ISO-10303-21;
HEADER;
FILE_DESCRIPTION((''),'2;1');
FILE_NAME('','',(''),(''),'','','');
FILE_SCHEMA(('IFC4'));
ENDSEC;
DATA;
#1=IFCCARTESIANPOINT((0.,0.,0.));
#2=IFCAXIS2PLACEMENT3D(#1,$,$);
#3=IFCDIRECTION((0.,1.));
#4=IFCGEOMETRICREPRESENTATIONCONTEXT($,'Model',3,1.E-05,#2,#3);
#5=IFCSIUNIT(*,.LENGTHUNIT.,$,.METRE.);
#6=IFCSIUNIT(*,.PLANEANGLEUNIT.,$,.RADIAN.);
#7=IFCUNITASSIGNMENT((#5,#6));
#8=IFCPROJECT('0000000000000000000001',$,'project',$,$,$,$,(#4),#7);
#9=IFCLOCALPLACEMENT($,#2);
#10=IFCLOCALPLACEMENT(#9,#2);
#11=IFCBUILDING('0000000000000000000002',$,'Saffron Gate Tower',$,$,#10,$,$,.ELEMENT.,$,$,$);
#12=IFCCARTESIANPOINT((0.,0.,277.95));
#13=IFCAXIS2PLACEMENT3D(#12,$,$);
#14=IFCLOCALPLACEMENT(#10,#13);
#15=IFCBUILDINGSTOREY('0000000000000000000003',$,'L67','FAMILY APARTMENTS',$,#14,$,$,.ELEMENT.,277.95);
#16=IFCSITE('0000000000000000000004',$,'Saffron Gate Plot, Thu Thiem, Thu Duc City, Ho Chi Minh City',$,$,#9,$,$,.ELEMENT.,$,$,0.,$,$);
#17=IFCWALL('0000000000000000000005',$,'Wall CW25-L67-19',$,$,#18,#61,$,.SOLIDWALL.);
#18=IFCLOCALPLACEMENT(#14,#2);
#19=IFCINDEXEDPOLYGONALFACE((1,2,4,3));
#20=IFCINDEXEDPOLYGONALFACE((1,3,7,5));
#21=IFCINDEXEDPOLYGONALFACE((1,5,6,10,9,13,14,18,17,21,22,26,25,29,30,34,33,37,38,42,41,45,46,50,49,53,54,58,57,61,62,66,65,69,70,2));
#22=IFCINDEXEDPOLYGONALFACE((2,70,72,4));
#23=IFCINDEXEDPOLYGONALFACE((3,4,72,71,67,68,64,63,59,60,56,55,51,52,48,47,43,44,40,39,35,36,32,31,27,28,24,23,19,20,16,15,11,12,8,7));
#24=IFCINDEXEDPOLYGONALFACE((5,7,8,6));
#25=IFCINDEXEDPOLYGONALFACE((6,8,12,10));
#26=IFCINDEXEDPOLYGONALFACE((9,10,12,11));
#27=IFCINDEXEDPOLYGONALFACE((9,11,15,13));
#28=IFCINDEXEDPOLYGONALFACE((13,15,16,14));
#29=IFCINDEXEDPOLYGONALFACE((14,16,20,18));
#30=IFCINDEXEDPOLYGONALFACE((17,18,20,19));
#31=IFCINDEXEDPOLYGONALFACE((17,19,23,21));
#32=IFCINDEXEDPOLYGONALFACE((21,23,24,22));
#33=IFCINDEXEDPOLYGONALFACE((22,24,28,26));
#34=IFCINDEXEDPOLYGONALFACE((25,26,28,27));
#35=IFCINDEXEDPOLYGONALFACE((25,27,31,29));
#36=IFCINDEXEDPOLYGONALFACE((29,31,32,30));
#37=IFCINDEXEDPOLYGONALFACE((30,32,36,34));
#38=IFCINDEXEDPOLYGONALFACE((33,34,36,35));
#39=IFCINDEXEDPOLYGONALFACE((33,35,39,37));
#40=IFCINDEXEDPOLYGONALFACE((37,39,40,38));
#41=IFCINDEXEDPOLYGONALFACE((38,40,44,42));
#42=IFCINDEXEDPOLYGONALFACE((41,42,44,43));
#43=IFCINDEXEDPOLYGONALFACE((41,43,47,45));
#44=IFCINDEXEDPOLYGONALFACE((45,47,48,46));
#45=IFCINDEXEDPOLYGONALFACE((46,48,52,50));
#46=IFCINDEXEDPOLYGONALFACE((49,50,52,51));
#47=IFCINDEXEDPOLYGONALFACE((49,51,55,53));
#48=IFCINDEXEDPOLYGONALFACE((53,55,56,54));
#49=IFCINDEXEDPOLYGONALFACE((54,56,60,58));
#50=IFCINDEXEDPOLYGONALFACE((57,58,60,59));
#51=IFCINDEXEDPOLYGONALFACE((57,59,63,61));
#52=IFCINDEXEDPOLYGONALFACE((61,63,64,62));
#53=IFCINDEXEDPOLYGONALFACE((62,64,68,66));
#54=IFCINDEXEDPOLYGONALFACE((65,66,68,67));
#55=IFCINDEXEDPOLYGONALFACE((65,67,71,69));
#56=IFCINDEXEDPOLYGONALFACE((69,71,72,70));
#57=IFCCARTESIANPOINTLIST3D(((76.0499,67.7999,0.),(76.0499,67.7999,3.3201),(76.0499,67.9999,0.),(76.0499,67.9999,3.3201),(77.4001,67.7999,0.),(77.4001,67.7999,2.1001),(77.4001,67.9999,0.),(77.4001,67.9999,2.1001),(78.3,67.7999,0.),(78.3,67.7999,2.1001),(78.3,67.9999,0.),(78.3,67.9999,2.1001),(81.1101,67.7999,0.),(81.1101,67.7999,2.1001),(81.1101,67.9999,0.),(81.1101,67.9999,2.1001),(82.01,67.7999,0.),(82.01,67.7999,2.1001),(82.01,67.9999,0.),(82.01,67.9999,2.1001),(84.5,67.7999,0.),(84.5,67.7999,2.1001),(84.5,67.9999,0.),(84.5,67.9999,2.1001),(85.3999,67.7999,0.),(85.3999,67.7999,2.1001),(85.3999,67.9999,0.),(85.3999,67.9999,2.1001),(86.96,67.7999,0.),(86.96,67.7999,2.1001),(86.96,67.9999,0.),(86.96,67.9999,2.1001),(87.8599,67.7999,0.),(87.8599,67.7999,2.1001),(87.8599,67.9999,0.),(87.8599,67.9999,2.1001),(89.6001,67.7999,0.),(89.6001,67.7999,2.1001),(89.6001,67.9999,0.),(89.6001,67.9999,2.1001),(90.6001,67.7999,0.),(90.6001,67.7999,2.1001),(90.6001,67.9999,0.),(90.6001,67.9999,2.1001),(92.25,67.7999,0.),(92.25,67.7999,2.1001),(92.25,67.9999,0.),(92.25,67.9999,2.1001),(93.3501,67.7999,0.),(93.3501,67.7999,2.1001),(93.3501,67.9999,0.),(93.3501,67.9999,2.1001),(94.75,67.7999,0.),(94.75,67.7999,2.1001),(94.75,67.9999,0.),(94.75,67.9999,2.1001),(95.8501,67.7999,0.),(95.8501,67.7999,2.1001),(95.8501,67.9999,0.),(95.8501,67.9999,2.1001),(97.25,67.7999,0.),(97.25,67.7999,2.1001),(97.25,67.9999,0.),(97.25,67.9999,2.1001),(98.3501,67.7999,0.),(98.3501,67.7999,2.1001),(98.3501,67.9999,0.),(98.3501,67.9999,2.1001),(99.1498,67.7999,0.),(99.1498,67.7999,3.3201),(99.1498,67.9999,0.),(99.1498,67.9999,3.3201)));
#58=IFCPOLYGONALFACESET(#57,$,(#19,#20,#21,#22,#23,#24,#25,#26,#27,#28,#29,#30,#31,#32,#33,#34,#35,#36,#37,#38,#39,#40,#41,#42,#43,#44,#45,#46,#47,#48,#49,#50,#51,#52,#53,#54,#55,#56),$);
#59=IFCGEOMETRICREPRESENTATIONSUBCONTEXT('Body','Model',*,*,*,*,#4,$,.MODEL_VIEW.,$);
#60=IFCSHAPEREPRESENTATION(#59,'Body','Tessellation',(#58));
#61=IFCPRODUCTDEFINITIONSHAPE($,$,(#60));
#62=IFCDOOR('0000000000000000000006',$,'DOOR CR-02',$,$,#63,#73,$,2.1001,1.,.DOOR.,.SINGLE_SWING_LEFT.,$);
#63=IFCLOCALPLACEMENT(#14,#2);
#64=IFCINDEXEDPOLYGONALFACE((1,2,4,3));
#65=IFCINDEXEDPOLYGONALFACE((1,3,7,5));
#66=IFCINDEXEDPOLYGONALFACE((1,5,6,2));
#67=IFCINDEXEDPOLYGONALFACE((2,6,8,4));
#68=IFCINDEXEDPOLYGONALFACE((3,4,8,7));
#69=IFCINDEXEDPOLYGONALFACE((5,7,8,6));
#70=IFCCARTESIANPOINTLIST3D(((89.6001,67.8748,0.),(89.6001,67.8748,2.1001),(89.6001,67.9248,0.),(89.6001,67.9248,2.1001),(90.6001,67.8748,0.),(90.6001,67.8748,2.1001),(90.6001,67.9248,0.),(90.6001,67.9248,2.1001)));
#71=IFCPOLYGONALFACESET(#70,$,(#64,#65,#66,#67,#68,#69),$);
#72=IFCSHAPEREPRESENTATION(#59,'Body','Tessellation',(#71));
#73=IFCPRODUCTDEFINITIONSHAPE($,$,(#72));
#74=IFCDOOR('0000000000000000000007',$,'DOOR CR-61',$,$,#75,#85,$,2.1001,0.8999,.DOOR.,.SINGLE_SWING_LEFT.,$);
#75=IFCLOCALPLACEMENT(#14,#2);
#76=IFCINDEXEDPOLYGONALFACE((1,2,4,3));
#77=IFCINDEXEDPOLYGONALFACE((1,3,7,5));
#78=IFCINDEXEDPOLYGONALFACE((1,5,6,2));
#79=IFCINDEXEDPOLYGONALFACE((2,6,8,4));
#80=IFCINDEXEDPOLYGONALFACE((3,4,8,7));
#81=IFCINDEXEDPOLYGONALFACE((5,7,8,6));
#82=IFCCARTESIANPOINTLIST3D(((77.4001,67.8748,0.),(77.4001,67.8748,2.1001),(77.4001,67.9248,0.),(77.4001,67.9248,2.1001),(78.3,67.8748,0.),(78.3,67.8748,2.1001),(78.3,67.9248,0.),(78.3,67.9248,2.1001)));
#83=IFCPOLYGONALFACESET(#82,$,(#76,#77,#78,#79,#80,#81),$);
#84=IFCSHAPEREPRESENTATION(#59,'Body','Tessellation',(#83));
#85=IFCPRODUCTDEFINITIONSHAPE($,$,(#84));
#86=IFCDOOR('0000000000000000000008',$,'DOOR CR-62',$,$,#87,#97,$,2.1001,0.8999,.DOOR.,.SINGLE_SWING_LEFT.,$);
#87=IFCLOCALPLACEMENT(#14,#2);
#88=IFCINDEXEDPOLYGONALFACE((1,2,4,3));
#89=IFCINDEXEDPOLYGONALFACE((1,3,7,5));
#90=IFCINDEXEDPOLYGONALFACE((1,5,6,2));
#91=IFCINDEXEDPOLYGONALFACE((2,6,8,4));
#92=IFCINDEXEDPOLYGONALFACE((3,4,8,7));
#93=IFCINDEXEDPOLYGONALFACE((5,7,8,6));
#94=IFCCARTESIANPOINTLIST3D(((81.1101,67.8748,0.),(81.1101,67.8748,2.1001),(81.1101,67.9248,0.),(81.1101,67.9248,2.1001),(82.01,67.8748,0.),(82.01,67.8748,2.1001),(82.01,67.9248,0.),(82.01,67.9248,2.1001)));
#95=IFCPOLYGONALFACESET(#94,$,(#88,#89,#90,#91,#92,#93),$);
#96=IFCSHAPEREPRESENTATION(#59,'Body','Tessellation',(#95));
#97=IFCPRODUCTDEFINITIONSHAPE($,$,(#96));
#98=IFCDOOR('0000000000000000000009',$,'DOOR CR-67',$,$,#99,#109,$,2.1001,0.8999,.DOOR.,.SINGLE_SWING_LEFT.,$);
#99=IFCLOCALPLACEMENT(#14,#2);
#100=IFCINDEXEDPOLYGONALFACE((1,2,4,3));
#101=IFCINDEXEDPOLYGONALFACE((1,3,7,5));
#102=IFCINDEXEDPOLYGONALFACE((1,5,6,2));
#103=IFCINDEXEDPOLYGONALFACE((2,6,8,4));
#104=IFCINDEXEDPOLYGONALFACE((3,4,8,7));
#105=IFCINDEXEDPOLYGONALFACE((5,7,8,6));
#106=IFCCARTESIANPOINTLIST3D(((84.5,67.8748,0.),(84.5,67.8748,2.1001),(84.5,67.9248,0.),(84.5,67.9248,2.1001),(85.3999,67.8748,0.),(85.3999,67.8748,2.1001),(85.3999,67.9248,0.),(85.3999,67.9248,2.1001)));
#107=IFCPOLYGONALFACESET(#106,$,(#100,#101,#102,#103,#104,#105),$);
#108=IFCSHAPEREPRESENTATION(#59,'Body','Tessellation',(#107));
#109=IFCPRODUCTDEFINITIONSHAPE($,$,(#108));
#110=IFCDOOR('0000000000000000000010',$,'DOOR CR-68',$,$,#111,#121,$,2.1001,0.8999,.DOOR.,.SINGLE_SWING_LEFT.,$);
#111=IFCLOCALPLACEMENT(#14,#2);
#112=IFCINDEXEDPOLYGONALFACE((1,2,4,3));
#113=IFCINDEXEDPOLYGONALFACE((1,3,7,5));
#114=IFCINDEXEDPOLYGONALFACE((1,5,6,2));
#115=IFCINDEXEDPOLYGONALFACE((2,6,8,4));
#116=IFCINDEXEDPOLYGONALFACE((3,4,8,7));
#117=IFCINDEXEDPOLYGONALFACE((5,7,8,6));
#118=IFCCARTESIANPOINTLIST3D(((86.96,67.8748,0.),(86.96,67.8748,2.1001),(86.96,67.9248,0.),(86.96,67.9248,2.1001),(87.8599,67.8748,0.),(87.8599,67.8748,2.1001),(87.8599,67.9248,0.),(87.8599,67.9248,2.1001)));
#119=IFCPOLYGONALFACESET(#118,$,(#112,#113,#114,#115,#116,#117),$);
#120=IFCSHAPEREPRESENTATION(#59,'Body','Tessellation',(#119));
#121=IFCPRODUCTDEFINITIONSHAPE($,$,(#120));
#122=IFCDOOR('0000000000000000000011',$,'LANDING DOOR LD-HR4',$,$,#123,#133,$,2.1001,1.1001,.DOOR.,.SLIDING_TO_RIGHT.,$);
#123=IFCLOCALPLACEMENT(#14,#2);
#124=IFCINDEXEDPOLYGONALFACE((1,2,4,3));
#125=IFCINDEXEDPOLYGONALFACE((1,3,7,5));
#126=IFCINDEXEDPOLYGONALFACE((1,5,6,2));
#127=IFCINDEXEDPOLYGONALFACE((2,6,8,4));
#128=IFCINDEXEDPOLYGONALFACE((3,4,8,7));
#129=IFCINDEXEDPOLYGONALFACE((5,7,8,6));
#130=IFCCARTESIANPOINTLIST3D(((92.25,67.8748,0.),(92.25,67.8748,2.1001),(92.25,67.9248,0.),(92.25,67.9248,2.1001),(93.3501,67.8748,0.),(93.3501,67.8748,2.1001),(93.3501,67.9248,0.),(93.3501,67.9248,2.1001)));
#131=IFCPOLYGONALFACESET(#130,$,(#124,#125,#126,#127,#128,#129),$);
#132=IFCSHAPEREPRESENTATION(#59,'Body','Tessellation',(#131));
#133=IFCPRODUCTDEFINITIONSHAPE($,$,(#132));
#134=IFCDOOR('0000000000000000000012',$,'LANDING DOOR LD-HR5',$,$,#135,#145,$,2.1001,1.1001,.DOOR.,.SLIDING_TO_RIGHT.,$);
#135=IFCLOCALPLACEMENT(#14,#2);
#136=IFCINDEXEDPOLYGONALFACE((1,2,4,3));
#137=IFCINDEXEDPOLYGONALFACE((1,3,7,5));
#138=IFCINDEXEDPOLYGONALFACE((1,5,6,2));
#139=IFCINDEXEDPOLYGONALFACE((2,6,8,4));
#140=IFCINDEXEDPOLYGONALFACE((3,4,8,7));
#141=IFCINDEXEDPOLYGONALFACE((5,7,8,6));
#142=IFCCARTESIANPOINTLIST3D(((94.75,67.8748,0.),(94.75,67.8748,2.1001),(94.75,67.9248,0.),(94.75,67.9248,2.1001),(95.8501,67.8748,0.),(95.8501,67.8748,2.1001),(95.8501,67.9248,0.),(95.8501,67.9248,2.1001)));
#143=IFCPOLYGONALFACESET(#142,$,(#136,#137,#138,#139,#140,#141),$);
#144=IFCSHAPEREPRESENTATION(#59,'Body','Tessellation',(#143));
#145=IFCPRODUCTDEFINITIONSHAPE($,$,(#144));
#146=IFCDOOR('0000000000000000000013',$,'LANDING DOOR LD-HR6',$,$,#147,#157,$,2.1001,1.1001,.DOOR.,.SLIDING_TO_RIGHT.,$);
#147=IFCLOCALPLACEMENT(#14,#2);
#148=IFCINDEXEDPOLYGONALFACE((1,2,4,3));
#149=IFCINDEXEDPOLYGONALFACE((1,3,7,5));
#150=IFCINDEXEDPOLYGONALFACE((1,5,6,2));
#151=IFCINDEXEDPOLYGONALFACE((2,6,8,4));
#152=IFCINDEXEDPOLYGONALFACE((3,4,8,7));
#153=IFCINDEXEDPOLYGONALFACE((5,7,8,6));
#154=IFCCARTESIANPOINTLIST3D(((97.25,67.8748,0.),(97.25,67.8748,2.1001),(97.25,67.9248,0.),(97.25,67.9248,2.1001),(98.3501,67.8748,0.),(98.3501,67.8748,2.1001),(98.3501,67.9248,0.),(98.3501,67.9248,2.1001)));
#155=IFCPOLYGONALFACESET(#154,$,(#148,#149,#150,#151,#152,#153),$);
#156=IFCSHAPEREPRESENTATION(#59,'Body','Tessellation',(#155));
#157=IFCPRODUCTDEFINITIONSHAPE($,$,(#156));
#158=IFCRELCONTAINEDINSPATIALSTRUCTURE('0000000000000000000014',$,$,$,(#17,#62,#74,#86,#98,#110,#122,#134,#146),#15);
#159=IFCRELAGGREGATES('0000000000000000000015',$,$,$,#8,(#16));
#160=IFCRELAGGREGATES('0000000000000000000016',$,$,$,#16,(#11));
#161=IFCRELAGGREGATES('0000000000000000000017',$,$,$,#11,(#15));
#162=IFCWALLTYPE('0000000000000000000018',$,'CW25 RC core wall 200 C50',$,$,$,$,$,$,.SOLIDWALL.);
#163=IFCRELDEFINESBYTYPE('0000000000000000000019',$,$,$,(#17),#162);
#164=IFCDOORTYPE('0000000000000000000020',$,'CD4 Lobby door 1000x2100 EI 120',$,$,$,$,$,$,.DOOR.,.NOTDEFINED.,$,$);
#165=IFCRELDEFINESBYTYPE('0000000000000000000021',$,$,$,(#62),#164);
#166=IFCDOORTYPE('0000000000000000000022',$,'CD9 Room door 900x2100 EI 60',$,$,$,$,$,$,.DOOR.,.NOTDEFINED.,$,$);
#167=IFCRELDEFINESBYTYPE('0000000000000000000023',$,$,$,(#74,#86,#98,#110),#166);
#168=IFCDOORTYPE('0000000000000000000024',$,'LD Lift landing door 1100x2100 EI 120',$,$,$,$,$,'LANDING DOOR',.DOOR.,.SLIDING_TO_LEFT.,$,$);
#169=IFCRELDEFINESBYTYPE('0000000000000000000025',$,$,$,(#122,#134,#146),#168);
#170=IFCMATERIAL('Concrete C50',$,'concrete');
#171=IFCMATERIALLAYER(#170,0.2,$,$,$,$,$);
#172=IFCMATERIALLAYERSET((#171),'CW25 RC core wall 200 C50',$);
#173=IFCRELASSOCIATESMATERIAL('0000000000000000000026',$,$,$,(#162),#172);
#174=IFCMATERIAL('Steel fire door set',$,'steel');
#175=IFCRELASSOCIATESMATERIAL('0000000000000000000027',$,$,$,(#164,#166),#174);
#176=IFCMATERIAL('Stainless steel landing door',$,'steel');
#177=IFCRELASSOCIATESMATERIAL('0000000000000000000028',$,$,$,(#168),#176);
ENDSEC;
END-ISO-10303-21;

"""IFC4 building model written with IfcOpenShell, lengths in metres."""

from ifc_helpers import new_model, si_unit, direction, frame, frame_2d, origin, place, context, subcontext, project, spatial, rectangle, extrude, material, layer, layer_set, type_object, element, fill, save


model = new_model("IFC4")

# Units and contexts
model_context = context("Model", 3, precision=1e-05, world=origin(), true_north=direction((0.0, 1.0)))
body_context = subcontext(model_context, "Body", "Model", "MODEL_VIEW")
ifc_project = project(units=[si_unit("LENGTHUNIT", "METRE"), si_unit("PLANEANGLEUNIT", "RADIAN")], contexts=[model_context])

# Site, building, storey
site_placement = place(None, origin())
site = spatial("IfcSite", under=ifc_project, at=site_placement, Name="Saffron Gate Plot, Thu Thiem, Thu Duc City, Ho Chi Minh City", CompositionType="ELEMENT", RefElevation=0.0)
building_placement = place(site_placement, origin())
building = spatial("IfcBuilding", under=site, at=building_placement, Name="Saffron Gate Tower", CompositionType="ELEMENT")
storey_placement = place(building_placement, frame((0.0, 0.0, 277.95)))
storey = spatial("IfcBuildingStorey", under=building, at=storey_placement, Name="L67", Description="FAMILY APARTMENTS", CompositionType="ELEMENT", Elevation=277.95)

# Shared definitions
ifc_material_1 = material(Name="Concrete C50", Category="concrete")

# Wall, openings, doors
ifc_layer_1 = layer(ifc_material_1, 0.2)
ifc_layer_set_1 = layer_set([ifc_layer_1], Name="CW25 RC core wall 200 C50")
wall_type_1 = type_object("IfcWallType", Name="CW25 RC core wall 200 C50", PredefinedType="SOLIDWALL", material=ifc_layer_set_1)
wall_1_placement = place(storey_placement, frame((76.05, 67.8999, 0.0), z_axis=(0.0, 0.0, 1.0), x_axis=(1.0, 0.0, 0.0)))
wall_1 = element("IfcWall", 1, at=wall_1_placement, inside=storey, type_object=wall_type_1, Name="Wall CW25-L67-19", PredefinedType="SOLIDWALL", context=body_context, shape_type="SweptSolid", body=[
    extrude(rectangle(XDim=23.0999, YDim=0.2, at=frame_2d((11.5498, 0.0))), origin(), (0.0, 0.0, 1.0), 3.3201),
])
opening_1_placement = place(wall_1_placement, frame((1.3501, 0.0, 0.0)))
opening_1 = element("IfcOpeningElement", 2, at=opening_1_placement, cuts=wall_1, PredefinedType="OPENING", context=body_context, shape_type="SweptSolid", body=[
    extrude(rectangle(XDim=0.8999, YDim=2.1001, at=frame_2d((0.45, 1.05))), frame((0.0, 0.1099, 0.0), z_axis=(0.0, -1.0, 0.0), x_axis=(1.0, 0.0, 0.0)), (0.0, 0.0, 1.0), 0.22),
])
opening_2_placement = place(wall_1_placement, frame((5.0601, 0.0, 0.0)))
opening_2 = element("IfcOpeningElement", 3, at=opening_2_placement, cuts=wall_1, PredefinedType="OPENING", context=body_context, shape_type="SweptSolid", body=[
    extrude(rectangle(XDim=0.8999, YDim=2.1001, at=frame_2d((0.45, 1.05))), frame((0.0, 0.1099, 0.0), z_axis=(0.0, -1.0, 0.0), x_axis=(1.0, 0.0, 0.0)), (0.0, 0.0, 1.0), 0.22),
])
opening_3_placement = place(wall_1_placement, frame((8.45, 0.0, 0.0)))
opening_3 = element("IfcOpeningElement", 4, at=opening_3_placement, cuts=wall_1, PredefinedType="OPENING", context=body_context, shape_type="SweptSolid", body=[
    extrude(rectangle(XDim=0.8999, YDim=2.1001, at=frame_2d((0.45, 1.05))), frame((0.0, 0.1099, 0.0), z_axis=(0.0, -1.0, 0.0), x_axis=(1.0, 0.0, 0.0)), (0.0, 0.0, 1.0), 0.22),
])
opening_4_placement = place(wall_1_placement, frame((10.9099, 0.0, 0.0)))
opening_4 = element("IfcOpeningElement", 5, at=opening_4_placement, cuts=wall_1, PredefinedType="OPENING", context=body_context, shape_type="SweptSolid", body=[
    extrude(rectangle(XDim=0.8999, YDim=2.1001, at=frame_2d((0.45, 1.05))), frame((0.0, 0.1099, 0.0), z_axis=(0.0, -1.0, 0.0), x_axis=(1.0, 0.0, 0.0)), (0.0, 0.0, 1.0), 0.22),
])
opening_5_placement = place(wall_1_placement, frame((13.55, 0.0, 0.0)))
opening_5 = element("IfcOpeningElement", 6, at=opening_5_placement, cuts=wall_1, PredefinedType="OPENING", context=body_context, shape_type="SweptSolid", body=[
    extrude(rectangle(XDim=1.0, YDim=2.1001, at=frame_2d((0.5, 1.05))), frame((0.0, 0.1099, 0.0), z_axis=(0.0, -1.0, 0.0), x_axis=(1.0, 0.0, 0.0)), (0.0, 0.0, 1.0), 0.22),
])
opening_6_placement = place(wall_1_placement, frame((16.2, 0.0, 0.0)))
opening_6 = element("IfcOpeningElement", 7, at=opening_6_placement, cuts=wall_1, PredefinedType="OPENING", context=body_context, shape_type="SweptSolid", body=[
    extrude(rectangle(XDim=1.1001, YDim=2.1001, at=frame_2d((0.55, 1.05))), frame((0.0, 0.1099, 0.0), z_axis=(0.0, -1.0, 0.0), x_axis=(1.0, 0.0, 0.0)), (0.0, 0.0, 1.0), 0.22),
])
opening_7_placement = place(wall_1_placement, frame((18.7, 0.0, 0.0)))
opening_7 = element("IfcOpeningElement", 8, at=opening_7_placement, cuts=wall_1, PredefinedType="OPENING", context=body_context, shape_type="SweptSolid", body=[
    extrude(rectangle(XDim=1.1001, YDim=2.1001, at=frame_2d((0.55, 1.05))), frame((0.0, 0.1099, 0.0), z_axis=(0.0, -1.0, 0.0), x_axis=(1.0, 0.0, 0.0)), (0.0, 0.0, 1.0), 0.22),
])
opening_8_placement = place(wall_1_placement, frame((21.2, 0.0, 0.0)))
opening_8 = element("IfcOpeningElement", 9, at=opening_8_placement, cuts=wall_1, PredefinedType="OPENING", context=body_context, shape_type="SweptSolid", body=[
    extrude(rectangle(XDim=1.1001, YDim=2.1001, at=frame_2d((0.55, 1.05))), frame((0.0, 0.1099, 0.0), z_axis=(0.0, -1.0, 0.0), x_axis=(1.0, 0.0, 0.0)), (0.0, 0.0, 1.0), 0.22),
])
ifc_material_2 = material(Name="Steel fire door set", Category="steel")
door_type_1 = type_object("IfcDoorType", Name="CD4 Lobby door 1000x2100 EI 120", OperationType="NOTDEFINED", PredefinedType="DOOR", material=ifc_material_2)
door_1_placement = place(opening_5_placement, origin())
door_1 = element("IfcDoor", 10, at=door_1_placement, inside=storey, type_object=door_type_1, Name="DOOR CR-02", OperationType="SINGLE_SWING_LEFT", OverallHeight=2.1001, OverallWidth=1.0, PredefinedType="DOOR", context=body_context, shape_type="SweptSolid", body=[
    extrude(rectangle(XDim=1.0, YDim=2.1001, at=frame_2d((0.5, 1.05))), frame((0.0, 0.0249, 0.0), z_axis=(0.0, -1.0, 0.0), x_axis=(1.0, 0.0, 0.0)), (0.0, 0.0, 1.0), 0.05),
])
fill(opening_5, door_1)
door_type_2 = type_object("IfcDoorType", Name="CD9 Room door 900x2100 EI 60", OperationType="NOTDEFINED", PredefinedType="DOOR", material=ifc_material_2)
door_2_placement = place(opening_1_placement, origin())
door_2 = element("IfcDoor", 11, at=door_2_placement, inside=storey, type_object=door_type_2, Name="DOOR CR-61", OperationType="SINGLE_SWING_LEFT", OverallHeight=2.1001, OverallWidth=0.8999, PredefinedType="DOOR", context=body_context, shape_type="SweptSolid", body=[
    extrude(rectangle(XDim=0.8999, YDim=2.1001, at=frame_2d((0.45, 1.05))), frame((0.0, 0.0249, 0.0), z_axis=(0.0, -1.0, 0.0), x_axis=(1.0, 0.0, 0.0)), (0.0, 0.0, 1.0), 0.05),
])
fill(opening_1, door_2)
door_3_placement = place(opening_2_placement, origin())
door_3 = element("IfcDoor", 12, at=door_3_placement, inside=storey, type_object=door_type_2, Name="DOOR CR-62", OperationType="SINGLE_SWING_LEFT", OverallHeight=2.1001, OverallWidth=0.8999, PredefinedType="DOOR", context=body_context, shape_type="SweptSolid", body=[
    extrude(rectangle(XDim=0.8999, YDim=2.1001, at=frame_2d((0.45, 1.05))), frame((0.0, 0.0249, 0.0), z_axis=(0.0, -1.0, 0.0), x_axis=(1.0, 0.0, 0.0)), (0.0, 0.0, 1.0), 0.05),
])
fill(opening_2, door_3)
door_4_placement = place(opening_3_placement, origin())
door_4 = element("IfcDoor", 13, at=door_4_placement, inside=storey, type_object=door_type_2, Name="DOOR CR-67", OperationType="SINGLE_SWING_LEFT", OverallHeight=2.1001, OverallWidth=0.8999, PredefinedType="DOOR", context=body_context, shape_type="SweptSolid", body=[
    extrude(rectangle(XDim=0.8999, YDim=2.1001, at=frame_2d((0.45, 1.05))), frame((0.0, 0.0249, 0.0), z_axis=(0.0, -1.0, 0.0), x_axis=(1.0, 0.0, 0.0)), (0.0, 0.0, 1.0), 0.05),
])
fill(opening_3, door_4)
door_5_placement = place(opening_4_placement, origin())
door_5 = element("IfcDoor", 14, at=door_5_placement, inside=storey, type_object=door_type_2, Name="DOOR CR-68", OperationType="SINGLE_SWING_LEFT", OverallHeight=2.1001, OverallWidth=0.8999, PredefinedType="DOOR", context=body_context, shape_type="SweptSolid", body=[
    extrude(rectangle(XDim=0.8999, YDim=2.1001, at=frame_2d((0.45, 1.05))), frame((0.0, 0.0249, 0.0), z_axis=(0.0, -1.0, 0.0), x_axis=(1.0, 0.0, 0.0)), (0.0, 0.0, 1.0), 0.05),
])
fill(opening_4, door_5)
ifc_material_3 = material(Name="Stainless steel landing door", Category="steel")
door_type_3 = type_object("IfcDoorType", Name="LD Lift landing door 1100x2100 EI 120", ElementType="LANDING DOOR", OperationType="SLIDING_TO_LEFT", PredefinedType="DOOR", material=ifc_material_3)
door_6_placement = place(opening_6_placement, origin())
door_6 = element("IfcDoor", 15, at=door_6_placement, inside=storey, type_object=door_type_3, Name="LANDING DOOR LD-HR4", OperationType="SLIDING_TO_RIGHT", OverallHeight=2.1001, OverallWidth=1.1001, PredefinedType="DOOR", context=body_context, shape_type="SweptSolid", body=[
    extrude(rectangle(XDim=1.1001, YDim=2.1001, at=frame_2d((0.55, 1.05))), frame((0.0, 0.0249, 0.0), z_axis=(0.0, -1.0, 0.0), x_axis=(1.0, 0.0, 0.0)), (0.0, 0.0, 1.0), 0.05),
])
fill(opening_6, door_6)
door_7_placement = place(opening_7_placement, origin())
door_7 = element("IfcDoor", 16, at=door_7_placement, inside=storey, type_object=door_type_3, Name="LANDING DOOR LD-HR5", OperationType="SLIDING_TO_RIGHT", OverallHeight=2.1001, OverallWidth=1.1001, PredefinedType="DOOR", context=body_context, shape_type="SweptSolid", body=[
    extrude(rectangle(XDim=1.1001, YDim=2.1001, at=frame_2d((0.55, 1.05))), frame((0.0, 0.0249, 0.0), z_axis=(0.0, -1.0, 0.0), x_axis=(1.0, 0.0, 0.0)), (0.0, 0.0, 1.0), 0.05),
])
fill(opening_7, door_7)
door_8_placement = place(opening_8_placement, origin())
door_8 = element("IfcDoor", 17, at=door_8_placement, inside=storey, type_object=door_type_3, Name="LANDING DOOR LD-HR6", OperationType="SLIDING_TO_RIGHT", OverallHeight=2.1001, OverallWidth=1.1001, PredefinedType="DOOR", context=body_context, shape_type="SweptSolid", body=[
    extrude(rectangle(XDim=1.1001, YDim=2.1001, at=frame_2d((0.55, 1.05))), frame((0.0, 0.0249, 0.0), z_axis=(0.0, -1.0, 0.0), x_axis=(1.0, 0.0, 0.0)), (0.0, 0.0, 1.0), 0.05),
])
fill(opening_8, door_8)

save(model, "model.ifc")
